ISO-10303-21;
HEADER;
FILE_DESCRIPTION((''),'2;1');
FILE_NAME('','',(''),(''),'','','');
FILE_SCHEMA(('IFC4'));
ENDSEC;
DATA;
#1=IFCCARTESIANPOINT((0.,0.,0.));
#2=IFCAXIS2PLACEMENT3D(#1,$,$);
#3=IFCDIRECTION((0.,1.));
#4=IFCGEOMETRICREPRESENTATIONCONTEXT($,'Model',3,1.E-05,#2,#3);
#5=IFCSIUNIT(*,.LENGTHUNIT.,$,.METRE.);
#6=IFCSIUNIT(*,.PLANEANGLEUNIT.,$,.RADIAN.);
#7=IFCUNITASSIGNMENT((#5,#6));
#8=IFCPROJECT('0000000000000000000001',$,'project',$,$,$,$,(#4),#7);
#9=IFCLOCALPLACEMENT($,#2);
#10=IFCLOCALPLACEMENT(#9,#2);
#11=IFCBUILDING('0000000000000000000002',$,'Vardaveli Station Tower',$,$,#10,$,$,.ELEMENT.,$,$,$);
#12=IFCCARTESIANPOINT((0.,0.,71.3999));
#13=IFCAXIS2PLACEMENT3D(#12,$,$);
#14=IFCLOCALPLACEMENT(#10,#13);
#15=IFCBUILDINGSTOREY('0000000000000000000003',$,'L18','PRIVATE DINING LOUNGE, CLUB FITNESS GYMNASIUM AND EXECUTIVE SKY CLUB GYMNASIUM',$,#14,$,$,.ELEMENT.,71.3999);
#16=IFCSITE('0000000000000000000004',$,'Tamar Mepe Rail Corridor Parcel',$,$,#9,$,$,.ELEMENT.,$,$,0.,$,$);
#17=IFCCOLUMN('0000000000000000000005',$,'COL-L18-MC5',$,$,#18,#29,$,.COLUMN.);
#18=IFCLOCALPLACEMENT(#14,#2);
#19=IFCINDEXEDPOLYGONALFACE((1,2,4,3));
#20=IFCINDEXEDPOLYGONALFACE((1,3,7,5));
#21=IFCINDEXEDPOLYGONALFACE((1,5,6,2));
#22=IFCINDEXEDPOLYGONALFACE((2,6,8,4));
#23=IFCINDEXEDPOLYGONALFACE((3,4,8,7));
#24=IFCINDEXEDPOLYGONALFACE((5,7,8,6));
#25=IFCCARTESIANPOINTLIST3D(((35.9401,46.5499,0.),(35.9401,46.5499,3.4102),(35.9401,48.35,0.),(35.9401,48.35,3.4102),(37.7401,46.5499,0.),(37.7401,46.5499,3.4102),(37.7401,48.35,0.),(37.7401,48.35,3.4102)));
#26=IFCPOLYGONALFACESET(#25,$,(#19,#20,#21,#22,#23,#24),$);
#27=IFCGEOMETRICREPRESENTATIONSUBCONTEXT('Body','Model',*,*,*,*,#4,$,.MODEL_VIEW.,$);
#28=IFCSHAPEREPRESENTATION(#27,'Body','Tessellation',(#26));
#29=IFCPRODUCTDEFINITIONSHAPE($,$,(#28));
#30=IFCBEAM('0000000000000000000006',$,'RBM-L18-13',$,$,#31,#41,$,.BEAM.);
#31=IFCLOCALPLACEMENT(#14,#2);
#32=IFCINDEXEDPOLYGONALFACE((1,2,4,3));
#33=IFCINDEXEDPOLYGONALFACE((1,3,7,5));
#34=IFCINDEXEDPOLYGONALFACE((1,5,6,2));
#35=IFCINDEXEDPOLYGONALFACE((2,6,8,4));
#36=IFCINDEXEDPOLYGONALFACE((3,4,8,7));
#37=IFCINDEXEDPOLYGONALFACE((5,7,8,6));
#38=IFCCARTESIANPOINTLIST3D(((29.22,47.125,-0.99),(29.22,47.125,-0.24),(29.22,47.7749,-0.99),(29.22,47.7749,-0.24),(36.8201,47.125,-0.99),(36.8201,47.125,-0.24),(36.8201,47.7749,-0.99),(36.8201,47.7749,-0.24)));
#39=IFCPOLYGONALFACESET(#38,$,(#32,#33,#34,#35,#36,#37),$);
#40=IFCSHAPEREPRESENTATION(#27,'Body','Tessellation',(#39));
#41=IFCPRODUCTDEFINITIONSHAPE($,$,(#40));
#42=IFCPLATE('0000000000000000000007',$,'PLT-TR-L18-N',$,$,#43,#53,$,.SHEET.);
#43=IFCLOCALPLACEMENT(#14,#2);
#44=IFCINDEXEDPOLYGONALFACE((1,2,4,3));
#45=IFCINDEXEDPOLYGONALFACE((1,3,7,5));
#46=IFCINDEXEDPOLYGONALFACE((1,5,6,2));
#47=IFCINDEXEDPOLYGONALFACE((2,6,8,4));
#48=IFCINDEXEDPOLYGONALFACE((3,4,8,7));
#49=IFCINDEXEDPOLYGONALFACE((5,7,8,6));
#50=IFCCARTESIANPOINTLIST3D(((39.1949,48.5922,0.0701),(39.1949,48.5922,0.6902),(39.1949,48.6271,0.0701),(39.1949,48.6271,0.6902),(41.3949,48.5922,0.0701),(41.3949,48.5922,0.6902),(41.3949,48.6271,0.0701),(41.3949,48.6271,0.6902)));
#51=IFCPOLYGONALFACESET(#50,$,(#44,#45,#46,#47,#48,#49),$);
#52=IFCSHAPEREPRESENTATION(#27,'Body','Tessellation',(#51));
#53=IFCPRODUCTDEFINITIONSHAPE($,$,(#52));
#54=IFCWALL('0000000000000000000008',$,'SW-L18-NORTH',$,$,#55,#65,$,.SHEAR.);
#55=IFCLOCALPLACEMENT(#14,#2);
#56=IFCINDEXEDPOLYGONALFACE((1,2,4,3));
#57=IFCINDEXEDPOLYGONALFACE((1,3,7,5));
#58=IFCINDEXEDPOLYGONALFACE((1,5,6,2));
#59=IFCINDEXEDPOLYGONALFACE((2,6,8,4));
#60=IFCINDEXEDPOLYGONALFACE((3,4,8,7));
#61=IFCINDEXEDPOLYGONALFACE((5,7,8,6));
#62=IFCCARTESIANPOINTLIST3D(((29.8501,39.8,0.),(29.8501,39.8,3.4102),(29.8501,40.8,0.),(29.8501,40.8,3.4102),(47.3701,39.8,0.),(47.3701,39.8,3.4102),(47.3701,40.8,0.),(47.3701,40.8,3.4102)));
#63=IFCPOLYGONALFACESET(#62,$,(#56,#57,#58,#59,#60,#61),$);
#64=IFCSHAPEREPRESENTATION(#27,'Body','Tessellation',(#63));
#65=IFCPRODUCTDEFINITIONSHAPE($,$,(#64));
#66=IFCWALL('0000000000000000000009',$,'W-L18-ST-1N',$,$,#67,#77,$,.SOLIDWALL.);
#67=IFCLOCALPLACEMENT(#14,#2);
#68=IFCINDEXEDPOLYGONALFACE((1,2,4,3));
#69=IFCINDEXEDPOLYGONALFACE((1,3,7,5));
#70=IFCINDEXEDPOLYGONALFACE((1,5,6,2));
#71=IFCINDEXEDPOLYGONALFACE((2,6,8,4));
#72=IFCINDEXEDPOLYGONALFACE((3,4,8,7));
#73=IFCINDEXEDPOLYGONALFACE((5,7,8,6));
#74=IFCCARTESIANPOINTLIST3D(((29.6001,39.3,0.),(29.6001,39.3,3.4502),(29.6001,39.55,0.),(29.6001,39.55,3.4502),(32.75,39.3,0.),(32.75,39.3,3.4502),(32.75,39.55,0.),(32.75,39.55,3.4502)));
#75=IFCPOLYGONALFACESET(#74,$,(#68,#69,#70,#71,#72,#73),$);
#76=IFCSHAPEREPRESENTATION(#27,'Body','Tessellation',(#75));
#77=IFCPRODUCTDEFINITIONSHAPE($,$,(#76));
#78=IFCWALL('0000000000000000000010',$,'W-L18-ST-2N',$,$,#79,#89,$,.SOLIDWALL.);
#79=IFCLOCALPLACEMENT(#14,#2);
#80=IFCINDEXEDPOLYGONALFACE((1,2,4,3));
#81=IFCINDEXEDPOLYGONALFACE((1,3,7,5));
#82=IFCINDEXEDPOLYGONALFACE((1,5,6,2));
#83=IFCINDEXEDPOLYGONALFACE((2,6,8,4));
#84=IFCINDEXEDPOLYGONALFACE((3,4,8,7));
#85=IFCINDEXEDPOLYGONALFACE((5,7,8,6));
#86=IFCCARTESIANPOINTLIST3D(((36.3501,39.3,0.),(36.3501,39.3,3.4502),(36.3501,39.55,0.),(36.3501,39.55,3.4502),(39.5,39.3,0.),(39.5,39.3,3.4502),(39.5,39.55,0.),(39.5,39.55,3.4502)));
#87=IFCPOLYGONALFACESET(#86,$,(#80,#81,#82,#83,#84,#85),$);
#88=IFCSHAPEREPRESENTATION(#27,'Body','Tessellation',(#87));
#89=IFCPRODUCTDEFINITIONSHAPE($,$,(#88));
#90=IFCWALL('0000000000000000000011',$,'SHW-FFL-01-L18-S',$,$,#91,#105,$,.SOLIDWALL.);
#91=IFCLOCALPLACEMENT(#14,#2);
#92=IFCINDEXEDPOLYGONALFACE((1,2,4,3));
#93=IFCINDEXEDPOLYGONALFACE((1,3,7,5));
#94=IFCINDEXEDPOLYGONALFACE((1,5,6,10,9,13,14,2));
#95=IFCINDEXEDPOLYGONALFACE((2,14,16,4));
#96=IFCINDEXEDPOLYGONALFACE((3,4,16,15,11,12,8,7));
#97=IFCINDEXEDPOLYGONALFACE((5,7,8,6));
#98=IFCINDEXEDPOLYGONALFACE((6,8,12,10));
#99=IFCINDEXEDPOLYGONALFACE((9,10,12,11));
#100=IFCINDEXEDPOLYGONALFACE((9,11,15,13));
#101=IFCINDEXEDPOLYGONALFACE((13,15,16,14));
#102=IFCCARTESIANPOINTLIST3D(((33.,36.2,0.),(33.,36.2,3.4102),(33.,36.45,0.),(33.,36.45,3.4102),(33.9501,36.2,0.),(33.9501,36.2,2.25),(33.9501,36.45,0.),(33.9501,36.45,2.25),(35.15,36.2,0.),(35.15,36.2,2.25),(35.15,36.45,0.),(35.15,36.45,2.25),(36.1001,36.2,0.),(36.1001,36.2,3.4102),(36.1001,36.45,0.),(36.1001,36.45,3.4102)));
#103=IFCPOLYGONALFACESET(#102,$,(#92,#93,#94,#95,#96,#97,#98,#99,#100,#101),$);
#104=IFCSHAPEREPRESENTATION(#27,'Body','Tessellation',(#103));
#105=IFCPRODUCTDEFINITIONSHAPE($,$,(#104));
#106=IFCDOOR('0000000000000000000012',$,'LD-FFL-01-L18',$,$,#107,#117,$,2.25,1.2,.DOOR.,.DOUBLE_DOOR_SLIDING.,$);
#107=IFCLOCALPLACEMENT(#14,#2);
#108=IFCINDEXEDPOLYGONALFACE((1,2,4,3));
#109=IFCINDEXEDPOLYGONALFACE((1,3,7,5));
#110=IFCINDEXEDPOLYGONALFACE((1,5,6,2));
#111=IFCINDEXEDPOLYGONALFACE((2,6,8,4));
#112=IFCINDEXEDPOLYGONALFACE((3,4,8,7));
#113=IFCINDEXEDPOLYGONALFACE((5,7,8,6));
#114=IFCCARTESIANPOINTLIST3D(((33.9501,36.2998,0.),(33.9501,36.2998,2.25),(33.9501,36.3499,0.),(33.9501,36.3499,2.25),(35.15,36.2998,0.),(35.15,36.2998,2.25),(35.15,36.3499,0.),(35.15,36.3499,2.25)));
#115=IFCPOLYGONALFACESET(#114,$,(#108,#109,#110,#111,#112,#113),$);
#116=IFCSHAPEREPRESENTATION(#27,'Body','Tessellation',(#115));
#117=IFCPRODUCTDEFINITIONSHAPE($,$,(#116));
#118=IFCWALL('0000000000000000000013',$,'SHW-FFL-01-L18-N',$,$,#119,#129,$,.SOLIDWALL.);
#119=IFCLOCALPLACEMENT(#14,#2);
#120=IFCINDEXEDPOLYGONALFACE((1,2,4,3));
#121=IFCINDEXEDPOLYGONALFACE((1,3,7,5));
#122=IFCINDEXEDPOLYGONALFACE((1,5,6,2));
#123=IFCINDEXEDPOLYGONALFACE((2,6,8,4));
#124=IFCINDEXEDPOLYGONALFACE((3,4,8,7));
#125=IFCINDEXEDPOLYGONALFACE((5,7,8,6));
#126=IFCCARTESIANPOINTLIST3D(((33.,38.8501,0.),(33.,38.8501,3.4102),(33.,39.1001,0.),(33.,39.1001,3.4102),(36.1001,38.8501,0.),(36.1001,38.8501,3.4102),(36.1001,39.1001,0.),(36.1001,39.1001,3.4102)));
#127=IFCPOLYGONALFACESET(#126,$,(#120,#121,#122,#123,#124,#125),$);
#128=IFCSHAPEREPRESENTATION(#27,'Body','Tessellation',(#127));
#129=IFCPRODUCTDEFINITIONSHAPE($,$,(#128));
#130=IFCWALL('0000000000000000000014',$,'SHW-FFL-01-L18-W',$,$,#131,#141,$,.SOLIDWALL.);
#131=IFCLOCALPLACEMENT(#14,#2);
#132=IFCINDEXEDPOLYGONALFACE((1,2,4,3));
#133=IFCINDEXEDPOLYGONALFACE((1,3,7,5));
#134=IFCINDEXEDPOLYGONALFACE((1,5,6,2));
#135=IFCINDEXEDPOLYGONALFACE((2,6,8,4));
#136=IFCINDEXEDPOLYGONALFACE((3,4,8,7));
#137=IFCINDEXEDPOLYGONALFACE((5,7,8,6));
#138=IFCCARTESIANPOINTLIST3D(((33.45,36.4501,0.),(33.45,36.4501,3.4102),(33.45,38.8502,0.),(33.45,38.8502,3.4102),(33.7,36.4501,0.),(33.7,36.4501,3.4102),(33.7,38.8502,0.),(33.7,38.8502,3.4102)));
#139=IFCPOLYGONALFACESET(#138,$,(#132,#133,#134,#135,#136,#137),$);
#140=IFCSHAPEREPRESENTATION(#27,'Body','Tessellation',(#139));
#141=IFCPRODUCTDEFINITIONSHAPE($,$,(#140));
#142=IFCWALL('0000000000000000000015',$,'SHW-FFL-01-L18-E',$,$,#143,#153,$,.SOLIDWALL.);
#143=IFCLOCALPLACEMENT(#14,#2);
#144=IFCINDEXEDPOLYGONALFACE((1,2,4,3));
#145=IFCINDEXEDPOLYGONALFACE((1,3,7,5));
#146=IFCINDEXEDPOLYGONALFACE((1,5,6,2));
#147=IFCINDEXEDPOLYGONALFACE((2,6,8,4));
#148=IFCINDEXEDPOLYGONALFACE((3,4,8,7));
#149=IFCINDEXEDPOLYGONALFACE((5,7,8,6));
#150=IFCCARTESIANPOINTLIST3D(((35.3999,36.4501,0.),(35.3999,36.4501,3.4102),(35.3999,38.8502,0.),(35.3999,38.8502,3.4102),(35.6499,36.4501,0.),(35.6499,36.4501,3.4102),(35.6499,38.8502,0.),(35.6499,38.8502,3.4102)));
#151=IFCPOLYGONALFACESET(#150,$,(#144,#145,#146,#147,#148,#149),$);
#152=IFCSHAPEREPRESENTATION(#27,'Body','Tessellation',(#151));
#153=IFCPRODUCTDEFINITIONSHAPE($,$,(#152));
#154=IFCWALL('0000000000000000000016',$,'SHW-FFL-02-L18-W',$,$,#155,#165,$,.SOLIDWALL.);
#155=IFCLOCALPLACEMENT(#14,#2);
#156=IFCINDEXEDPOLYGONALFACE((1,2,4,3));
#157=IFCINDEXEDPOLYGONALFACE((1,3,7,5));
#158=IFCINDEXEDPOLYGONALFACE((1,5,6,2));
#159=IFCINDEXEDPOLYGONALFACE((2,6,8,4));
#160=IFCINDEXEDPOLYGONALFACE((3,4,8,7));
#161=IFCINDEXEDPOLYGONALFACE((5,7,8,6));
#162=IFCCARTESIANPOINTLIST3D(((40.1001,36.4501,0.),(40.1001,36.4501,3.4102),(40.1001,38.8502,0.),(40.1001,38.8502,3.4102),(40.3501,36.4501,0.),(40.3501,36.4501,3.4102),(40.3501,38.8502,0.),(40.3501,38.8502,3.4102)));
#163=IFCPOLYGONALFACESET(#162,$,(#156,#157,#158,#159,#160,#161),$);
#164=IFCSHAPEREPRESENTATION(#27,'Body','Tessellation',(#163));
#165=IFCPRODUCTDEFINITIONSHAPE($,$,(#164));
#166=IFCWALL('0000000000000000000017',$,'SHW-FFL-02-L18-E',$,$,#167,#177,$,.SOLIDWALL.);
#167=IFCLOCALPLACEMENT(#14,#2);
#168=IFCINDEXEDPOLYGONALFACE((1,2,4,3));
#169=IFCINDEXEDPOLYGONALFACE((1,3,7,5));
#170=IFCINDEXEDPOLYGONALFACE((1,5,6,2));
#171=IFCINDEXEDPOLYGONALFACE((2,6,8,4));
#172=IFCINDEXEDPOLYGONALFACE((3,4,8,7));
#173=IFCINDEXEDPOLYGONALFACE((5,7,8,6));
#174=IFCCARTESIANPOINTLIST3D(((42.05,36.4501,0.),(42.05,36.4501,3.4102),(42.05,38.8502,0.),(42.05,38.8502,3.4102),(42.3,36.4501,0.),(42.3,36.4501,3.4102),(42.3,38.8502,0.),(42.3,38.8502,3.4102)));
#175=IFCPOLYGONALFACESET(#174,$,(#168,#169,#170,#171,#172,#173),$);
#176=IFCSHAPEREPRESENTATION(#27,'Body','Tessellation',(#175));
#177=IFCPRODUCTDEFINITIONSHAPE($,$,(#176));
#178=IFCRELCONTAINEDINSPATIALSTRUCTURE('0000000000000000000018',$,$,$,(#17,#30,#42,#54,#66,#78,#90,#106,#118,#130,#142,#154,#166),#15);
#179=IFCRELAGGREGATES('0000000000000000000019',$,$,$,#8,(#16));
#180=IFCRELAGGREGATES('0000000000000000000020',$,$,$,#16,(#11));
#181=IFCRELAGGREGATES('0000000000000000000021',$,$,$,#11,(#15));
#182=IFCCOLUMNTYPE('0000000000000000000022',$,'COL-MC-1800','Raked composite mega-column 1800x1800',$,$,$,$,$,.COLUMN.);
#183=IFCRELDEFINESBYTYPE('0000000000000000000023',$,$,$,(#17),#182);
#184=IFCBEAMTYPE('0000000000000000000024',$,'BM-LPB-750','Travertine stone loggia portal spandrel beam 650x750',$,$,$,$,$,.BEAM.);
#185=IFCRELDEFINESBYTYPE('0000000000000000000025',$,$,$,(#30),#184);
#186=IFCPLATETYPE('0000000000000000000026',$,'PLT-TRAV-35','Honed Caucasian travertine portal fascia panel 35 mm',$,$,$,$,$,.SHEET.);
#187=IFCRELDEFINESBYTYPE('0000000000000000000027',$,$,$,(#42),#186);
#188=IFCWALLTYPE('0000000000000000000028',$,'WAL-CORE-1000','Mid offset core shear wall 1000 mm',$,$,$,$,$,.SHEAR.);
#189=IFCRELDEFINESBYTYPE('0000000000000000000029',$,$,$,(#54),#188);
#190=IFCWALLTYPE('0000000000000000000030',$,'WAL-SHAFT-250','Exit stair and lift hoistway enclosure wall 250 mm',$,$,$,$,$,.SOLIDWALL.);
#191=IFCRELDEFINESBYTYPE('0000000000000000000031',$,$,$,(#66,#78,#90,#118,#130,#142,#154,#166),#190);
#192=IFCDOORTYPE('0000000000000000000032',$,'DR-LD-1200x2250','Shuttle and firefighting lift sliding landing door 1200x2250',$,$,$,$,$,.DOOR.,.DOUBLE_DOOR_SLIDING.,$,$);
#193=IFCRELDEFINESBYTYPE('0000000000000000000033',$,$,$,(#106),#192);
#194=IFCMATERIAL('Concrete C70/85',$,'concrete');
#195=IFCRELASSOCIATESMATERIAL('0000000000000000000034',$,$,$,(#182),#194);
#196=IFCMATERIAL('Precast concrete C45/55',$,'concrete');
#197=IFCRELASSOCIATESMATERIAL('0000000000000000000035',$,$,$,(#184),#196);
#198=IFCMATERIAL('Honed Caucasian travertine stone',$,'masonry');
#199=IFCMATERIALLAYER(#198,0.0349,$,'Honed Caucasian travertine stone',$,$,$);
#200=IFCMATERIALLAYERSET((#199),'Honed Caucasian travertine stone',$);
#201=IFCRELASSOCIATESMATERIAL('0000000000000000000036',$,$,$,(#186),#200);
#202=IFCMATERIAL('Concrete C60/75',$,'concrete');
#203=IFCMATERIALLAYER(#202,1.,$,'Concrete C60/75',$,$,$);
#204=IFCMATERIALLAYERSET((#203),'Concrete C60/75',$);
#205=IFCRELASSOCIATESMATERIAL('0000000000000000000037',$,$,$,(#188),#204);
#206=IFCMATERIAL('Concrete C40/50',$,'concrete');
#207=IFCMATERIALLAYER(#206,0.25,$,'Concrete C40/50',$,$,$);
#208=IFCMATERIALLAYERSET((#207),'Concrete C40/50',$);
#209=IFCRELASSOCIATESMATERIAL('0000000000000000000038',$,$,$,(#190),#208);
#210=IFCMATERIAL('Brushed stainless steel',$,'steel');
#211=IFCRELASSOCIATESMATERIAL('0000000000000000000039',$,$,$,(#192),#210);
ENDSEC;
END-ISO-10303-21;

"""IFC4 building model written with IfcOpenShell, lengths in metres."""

from ifc_helpers import new_model, si_unit, direction, frame, frame_2d, origin, origin_2d, place, context, subcontext, project, spatial, rectangle, extrude, source, transform, mapped, material, layer, layer_set, material_profile, profile_set, type_object, element, fill, save


model = new_model("IFC4")

# Units and contexts
model_context = context("Model", 3, precision=1e-05, world=origin(), true_north=direction((0.0, 1.0)))
body_context = subcontext(model_context, "Body", "Model", "MODEL_VIEW")
ifc_project = project(units=[si_unit("LENGTHUNIT", "METRE"), si_unit("PLANEANGLEUNIT", "RADIAN")], contexts=[model_context])

# Site, building, storey
site_placement = place(None, origin())
site = spatial("IfcSite", under=ifc_project, at=site_placement, Name="Tamar Mepe Rail Corridor Parcel", CompositionType="ELEMENT", RefElevation=0.0)
building_placement = place(site_placement, origin())
building = spatial("IfcBuilding", under=site, at=building_placement, Name="Vardaveli Station Tower", CompositionType="ELEMENT")
storey_placement = place(building_placement, frame((0.0, 0.0, 71.3999)))
storey = spatial("IfcBuildingStorey", under=building, at=storey_placement, Name="L18", Description="PRIVATE DINING LOUNGE, CLUB FITNESS GYMNASIUM AND EXECUTIVE SKY CLUB GYMNASIUM", CompositionType="ELEMENT", Elevation=71.3999)

# Column
ifc_material_1 = material(Name="Concrete C70/85", Category="concrete")
ifc_material_profile_1 = material_profile(ifc_material_1, rectangle(XDim=1.8, YDim=1.8, at=origin_2d()), Name="MC 1800x1800")
ifc_profile_set_1 = profile_set([ifc_material_profile_1], Name="Concrete C70/85")
column_type = type_object("IfcColumnType", Name="COL-MC-1800", Description="Raked composite mega-column 1800x1800", PredefinedType="COLUMN", material=ifc_profile_set_1)
shared_shape_1 = source(origin(), body_context, "Body", "SweptSolid", [
    extrude(rectangle(XDim=1.8, YDim=1.8, at=origin_2d()), origin(), (0.0, 0.0, 1.0), 3.4102),
])
column_placement = place(storey_placement, frame((36.8401, 47.45, 0.0), z_axis=(0.0, 0.0, 1.0), x_axis=(1.0, 0.0, 0.0)))
element("IfcColumn", 1, at=column_placement, inside=storey, type_object=column_type, Name="COL-L18-MC5", PredefinedType="COLUMN", context=body_context, shape_type="MappedRepresentation", body=[
    mapped(shared_shape_1, transform((0.0, 0.0, 0.0), scale=1.0)),
])

# Beam
ifc_material_2 = material(Name="Precast concrete C45/55", Category="concrete")
ifc_material_profile_2 = material_profile(ifc_material_2, rectangle(XDim=0.6499, YDim=0.75, at=origin_2d()), Name="LPB 650x750")
ifc_profile_set_2 = profile_set([ifc_material_profile_2], Name="Precast concrete C45/55")
beam_type = type_object("IfcBeamType", Name="BM-LPB-750", Description="Travertine stone loggia portal spandrel beam 650x750", PredefinedType="BEAM", material=ifc_profile_set_2)
shared_shape_2 = source(origin(), body_context, "Body", "SweptSolid", [
    extrude(rectangle(XDim=0.6499, YDim=0.75, at=origin_2d()), origin(), (0.0, 0.0, 1.0), 7.6001),
])
beam_placement = place(storey_placement, frame((36.8201, 47.45, -0.615), z_axis=(-1.0, 0.0, 0.0), x_axis=(0.0, -1.0, 0.0)))
element("IfcBeam", 2, at=beam_placement, inside=storey, type_object=beam_type, Name="RBM-L18-13", PredefinedType="BEAM", context=body_context, shape_type="MappedRepresentation", body=[
    mapped(shared_shape_2, transform((0.0, 0.0, 0.0), scale=1.0)),
])

# Plate
ifc_material_3 = material(Name="Honed Caucasian travertine stone", Category="masonry")
ifc_layer_1 = layer(ifc_material_3, 0.0349, Name="Honed Caucasian travertine stone")
ifc_layer_set_1 = layer_set([ifc_layer_1], Name="Honed Caucasian travertine stone")
plate_type = type_object("IfcPlateType", Name="PLT-TRAV-35", Description="Honed Caucasian travertine portal fascia panel 35 mm", PredefinedType="SHEET", material=ifc_layer_set_1)
shared_shape_3 = source(origin(), body_context, "Body", "SweptSolid", [
    extrude(rectangle(XDim=2.2, YDim=0.0349, at=origin_2d()), origin(), (0.0, 0.0, 1.0), 0.6201),
])
plate_placement = place(storey_placement, frame((40.2949, 48.6096, 0.0701), z_axis=(0.0, 0.0, 1.0), x_axis=(1.0, 0.0, 0.0)))
element("IfcPlate", 3, at=plate_placement, inside=storey, type_object=plate_type, Name="PLT-TR-L18-N", PredefinedType="SHEET", context=body_context, shape_type="MappedRepresentation", body=[
    mapped(shared_shape_3, transform((0.0, 0.0, 0.0), scale=1.0)),
])

# Walls
ifc_material_4 = material(Name="Concrete C60/75", Category="concrete")
ifc_layer_2 = layer(ifc_material_4, 1.0, Name="Concrete C60/75")
ifc_layer_set_2 = layer_set([ifc_layer_2], Name="Concrete C60/75")
wall_type_1 = type_object("IfcWallType", Name="WAL-CORE-1000", Description="Mid offset core shear wall 1000 mm", PredefinedType="SHEAR", material=ifc_layer_set_2)
shared_shape_4 = source(origin(), body_context, "Body", "SweptSolid", [
    extrude(rectangle(XDim=17.52, YDim=1.0, at=frame_2d((8.76, 0.0))), origin(), (0.0, 0.0, 1.0), 3.4102),
])
wall_1_placement = place(storey_placement, frame((29.8501, 40.3, 0.0), z_axis=(0.0, 0.0, 1.0), x_axis=(1.0, 0.0, 0.0)))
element("IfcWall", 4, at=wall_1_placement, inside=storey, type_object=wall_type_1, Name="SW-L18-NORTH", PredefinedType="SHEAR", context=body_context, shape_type="MappedRepresentation", body=[
    mapped(shared_shape_4, transform((0.0, 0.0, 0.0), scale=1.0)),
])
ifc_material_5 = material(Name="Concrete C40/50", Category="concrete")
ifc_layer_3 = layer(ifc_material_5, 0.25, Name="Concrete C40/50")
ifc_layer_set_3 = layer_set([ifc_layer_3], Name="Concrete C40/50")
wall_type_2 = type_object("IfcWallType", Name="WAL-SHAFT-250", Description="Exit stair and lift hoistway enclosure wall 250 mm", PredefinedType="SOLIDWALL", material=ifc_layer_set_3)
shared_shape_5 = source(origin(), body_context, "Body", "SweptSolid", [
    extrude(rectangle(XDim=3.1499, YDim=0.25, at=frame_2d((1.575, 0.0))), origin(), (0.0, 0.0, 1.0), 3.4502),
])
for number, where, z_axis, x_axis, name in (
    (5, (29.6001, 39.425, 0.0), (0.0, 0.0, 1.0), (1.0, 0.0, 0.0), "W-L18-ST-1N"),
    (6, (36.3501, 39.425, 0.0), (0.0, 0.0, 1.0), (1.0, 0.0, 0.0), "W-L18-ST-2N"),
):
    element("IfcWall", number, at=place(storey_placement, frame(where, z_axis=z_axis, x_axis=x_axis)), inside=storey, type_object=wall_type_2, Name=name, PredefinedType="SOLIDWALL", context=body_context, shape_type="MappedRepresentation", body=[
        mapped(shared_shape_5, transform((0.0, 0.0, 0.0), scale=1.0)),
    ])

# Wall, opening, door
shared_shape_6 = source(origin(), body_context, "Body", "SweptSolid", [
    extrude(rectangle(XDim=3.1001, YDim=0.25, at=frame_2d((1.55, 0.0))), origin(), (0.0, 0.0, 1.0), 3.4102),
])
wall_2_placement = place(storey_placement, frame((33.0, 36.325, 0.0), z_axis=(0.0, 0.0, 1.0), x_axis=(1.0, 0.0, 0.0)))
wall_2 = element("IfcWall", 7, at=wall_2_placement, inside=storey, type_object=wall_type_2, Name="SHW-FFL-01-L18-S", PredefinedType="SOLIDWALL", context=body_context, shape_type="MappedRepresentation", body=[
    mapped(shared_shape_6, transform((0.0, 0.0, 0.0), scale=1.0)),
])
shared_shape_7 = source(origin(), body_context, "Body", "SweptSolid", [
    extrude(rectangle(XDim=1.2, YDim=2.25, at=frame_2d((0.6001, 1.125))), frame((0.0, 0.135, 0.0), z_axis=(0.0, -1.0, 0.0), x_axis=(1.0, 0.0, 0.0)), (0.0, 0.0, 1.0), 0.27),
])
opening_1_placement = place(wall_2_placement, frame((0.95, 0.0, 0.0)))
opening_1 = element("IfcOpeningElement", 8, at=opening_1_placement, cuts=wall_2, PredefinedType="OPENING", context=body_context, shape_type="MappedRepresentation", body=[
    mapped(shared_shape_7, transform((0.0, 0.0, 0.0), scale=1.0)),
])
ifc_material_6 = material(Name="Brushed stainless steel", Category="steel")
door_type = type_object("IfcDoorType", Name="DR-LD-1200x2250", Description="Shuttle and firefighting lift sliding landing door 1200x2250", OperationType="DOUBLE_DOOR_SLIDING", PredefinedType="DOOR", material=ifc_material_6)
shared_shape_8 = source(origin(), body_context, "Body", "SweptSolid", [
    extrude(rectangle(XDim=1.2, YDim=2.25, at=frame_2d((0.6001, 1.125))), frame((0.0, 0.0249, 0.0), z_axis=(0.0, -1.0, 0.0), x_axis=(1.0, 0.0, 0.0)), (0.0, 0.0, 1.0), 0.05),
])
door_1_placement = place(opening_1_placement, origin())
door_1 = element("IfcDoor", 9, at=door_1_placement, inside=storey, type_object=door_type, Name="LD-FFL-01-L18", OperationType="DOUBLE_DOOR_SLIDING", OverallHeight=2.25, OverallWidth=1.2, PredefinedType="DOOR", context=body_context, shape_type="MappedRepresentation", body=[
    mapped(shared_shape_8, transform((0.0, 0.0, 0.0), scale=1.0)),
])
fill(opening_1, door_1)

# Walls
wall_3_placement = place(storey_placement, frame((33.0, 38.9751, 0.0), z_axis=(0.0, 0.0, 1.0), x_axis=(1.0, 0.0, 0.0)))
element("IfcWall", 10, at=wall_3_placement, inside=storey, type_object=wall_type_2, Name="SHW-FFL-01-L18-N", PredefinedType="SOLIDWALL", context=body_context, shape_type="MappedRepresentation", body=[
    mapped(shared_shape_6, transform((0.0, 0.0, 0.0), scale=1.0)),
])
shared_shape_9 = source(origin(), body_context, "Body", "SweptSolid", [
    extrude(rectangle(XDim=2.4001, YDim=0.25, at=frame_2d((1.2002, 0.0))), origin(), (0.0, 0.0, 1.0), 3.4102),
])
for number, where, z_axis, x_axis, name in (
    (11, (33.575, 36.45, 0.0), (0.0, 0.0, 1.0), (0.0, 1.0, 0.0), "SHW-FFL-01-L18-W"),
    (12, (35.5249, 36.45, 0.0), (0.0, 0.0, 1.0), (0.0, 1.0, 0.0), "SHW-FFL-01-L18-E"),
    (13, (40.2251, 36.45, 0.0), (0.0, 0.0, 1.0), (0.0, 1.0, 0.0), "SHW-FFL-02-L18-W"),
    (14, (42.175, 36.45, 0.0), (0.0, 0.0, 1.0), (0.0, 1.0, 0.0), "SHW-FFL-02-L18-E"),
):
    element("IfcWall", number, at=place(storey_placement, frame(where, z_axis=z_axis, x_axis=x_axis)), inside=storey, type_object=wall_type_2, Name=name, PredefinedType="SOLIDWALL", context=body_context, shape_type="MappedRepresentation", body=[
        mapped(shared_shape_9, transform((0.0, 0.0, 0.0), scale=1.0)),
    ])

save(model, "model.ifc")
